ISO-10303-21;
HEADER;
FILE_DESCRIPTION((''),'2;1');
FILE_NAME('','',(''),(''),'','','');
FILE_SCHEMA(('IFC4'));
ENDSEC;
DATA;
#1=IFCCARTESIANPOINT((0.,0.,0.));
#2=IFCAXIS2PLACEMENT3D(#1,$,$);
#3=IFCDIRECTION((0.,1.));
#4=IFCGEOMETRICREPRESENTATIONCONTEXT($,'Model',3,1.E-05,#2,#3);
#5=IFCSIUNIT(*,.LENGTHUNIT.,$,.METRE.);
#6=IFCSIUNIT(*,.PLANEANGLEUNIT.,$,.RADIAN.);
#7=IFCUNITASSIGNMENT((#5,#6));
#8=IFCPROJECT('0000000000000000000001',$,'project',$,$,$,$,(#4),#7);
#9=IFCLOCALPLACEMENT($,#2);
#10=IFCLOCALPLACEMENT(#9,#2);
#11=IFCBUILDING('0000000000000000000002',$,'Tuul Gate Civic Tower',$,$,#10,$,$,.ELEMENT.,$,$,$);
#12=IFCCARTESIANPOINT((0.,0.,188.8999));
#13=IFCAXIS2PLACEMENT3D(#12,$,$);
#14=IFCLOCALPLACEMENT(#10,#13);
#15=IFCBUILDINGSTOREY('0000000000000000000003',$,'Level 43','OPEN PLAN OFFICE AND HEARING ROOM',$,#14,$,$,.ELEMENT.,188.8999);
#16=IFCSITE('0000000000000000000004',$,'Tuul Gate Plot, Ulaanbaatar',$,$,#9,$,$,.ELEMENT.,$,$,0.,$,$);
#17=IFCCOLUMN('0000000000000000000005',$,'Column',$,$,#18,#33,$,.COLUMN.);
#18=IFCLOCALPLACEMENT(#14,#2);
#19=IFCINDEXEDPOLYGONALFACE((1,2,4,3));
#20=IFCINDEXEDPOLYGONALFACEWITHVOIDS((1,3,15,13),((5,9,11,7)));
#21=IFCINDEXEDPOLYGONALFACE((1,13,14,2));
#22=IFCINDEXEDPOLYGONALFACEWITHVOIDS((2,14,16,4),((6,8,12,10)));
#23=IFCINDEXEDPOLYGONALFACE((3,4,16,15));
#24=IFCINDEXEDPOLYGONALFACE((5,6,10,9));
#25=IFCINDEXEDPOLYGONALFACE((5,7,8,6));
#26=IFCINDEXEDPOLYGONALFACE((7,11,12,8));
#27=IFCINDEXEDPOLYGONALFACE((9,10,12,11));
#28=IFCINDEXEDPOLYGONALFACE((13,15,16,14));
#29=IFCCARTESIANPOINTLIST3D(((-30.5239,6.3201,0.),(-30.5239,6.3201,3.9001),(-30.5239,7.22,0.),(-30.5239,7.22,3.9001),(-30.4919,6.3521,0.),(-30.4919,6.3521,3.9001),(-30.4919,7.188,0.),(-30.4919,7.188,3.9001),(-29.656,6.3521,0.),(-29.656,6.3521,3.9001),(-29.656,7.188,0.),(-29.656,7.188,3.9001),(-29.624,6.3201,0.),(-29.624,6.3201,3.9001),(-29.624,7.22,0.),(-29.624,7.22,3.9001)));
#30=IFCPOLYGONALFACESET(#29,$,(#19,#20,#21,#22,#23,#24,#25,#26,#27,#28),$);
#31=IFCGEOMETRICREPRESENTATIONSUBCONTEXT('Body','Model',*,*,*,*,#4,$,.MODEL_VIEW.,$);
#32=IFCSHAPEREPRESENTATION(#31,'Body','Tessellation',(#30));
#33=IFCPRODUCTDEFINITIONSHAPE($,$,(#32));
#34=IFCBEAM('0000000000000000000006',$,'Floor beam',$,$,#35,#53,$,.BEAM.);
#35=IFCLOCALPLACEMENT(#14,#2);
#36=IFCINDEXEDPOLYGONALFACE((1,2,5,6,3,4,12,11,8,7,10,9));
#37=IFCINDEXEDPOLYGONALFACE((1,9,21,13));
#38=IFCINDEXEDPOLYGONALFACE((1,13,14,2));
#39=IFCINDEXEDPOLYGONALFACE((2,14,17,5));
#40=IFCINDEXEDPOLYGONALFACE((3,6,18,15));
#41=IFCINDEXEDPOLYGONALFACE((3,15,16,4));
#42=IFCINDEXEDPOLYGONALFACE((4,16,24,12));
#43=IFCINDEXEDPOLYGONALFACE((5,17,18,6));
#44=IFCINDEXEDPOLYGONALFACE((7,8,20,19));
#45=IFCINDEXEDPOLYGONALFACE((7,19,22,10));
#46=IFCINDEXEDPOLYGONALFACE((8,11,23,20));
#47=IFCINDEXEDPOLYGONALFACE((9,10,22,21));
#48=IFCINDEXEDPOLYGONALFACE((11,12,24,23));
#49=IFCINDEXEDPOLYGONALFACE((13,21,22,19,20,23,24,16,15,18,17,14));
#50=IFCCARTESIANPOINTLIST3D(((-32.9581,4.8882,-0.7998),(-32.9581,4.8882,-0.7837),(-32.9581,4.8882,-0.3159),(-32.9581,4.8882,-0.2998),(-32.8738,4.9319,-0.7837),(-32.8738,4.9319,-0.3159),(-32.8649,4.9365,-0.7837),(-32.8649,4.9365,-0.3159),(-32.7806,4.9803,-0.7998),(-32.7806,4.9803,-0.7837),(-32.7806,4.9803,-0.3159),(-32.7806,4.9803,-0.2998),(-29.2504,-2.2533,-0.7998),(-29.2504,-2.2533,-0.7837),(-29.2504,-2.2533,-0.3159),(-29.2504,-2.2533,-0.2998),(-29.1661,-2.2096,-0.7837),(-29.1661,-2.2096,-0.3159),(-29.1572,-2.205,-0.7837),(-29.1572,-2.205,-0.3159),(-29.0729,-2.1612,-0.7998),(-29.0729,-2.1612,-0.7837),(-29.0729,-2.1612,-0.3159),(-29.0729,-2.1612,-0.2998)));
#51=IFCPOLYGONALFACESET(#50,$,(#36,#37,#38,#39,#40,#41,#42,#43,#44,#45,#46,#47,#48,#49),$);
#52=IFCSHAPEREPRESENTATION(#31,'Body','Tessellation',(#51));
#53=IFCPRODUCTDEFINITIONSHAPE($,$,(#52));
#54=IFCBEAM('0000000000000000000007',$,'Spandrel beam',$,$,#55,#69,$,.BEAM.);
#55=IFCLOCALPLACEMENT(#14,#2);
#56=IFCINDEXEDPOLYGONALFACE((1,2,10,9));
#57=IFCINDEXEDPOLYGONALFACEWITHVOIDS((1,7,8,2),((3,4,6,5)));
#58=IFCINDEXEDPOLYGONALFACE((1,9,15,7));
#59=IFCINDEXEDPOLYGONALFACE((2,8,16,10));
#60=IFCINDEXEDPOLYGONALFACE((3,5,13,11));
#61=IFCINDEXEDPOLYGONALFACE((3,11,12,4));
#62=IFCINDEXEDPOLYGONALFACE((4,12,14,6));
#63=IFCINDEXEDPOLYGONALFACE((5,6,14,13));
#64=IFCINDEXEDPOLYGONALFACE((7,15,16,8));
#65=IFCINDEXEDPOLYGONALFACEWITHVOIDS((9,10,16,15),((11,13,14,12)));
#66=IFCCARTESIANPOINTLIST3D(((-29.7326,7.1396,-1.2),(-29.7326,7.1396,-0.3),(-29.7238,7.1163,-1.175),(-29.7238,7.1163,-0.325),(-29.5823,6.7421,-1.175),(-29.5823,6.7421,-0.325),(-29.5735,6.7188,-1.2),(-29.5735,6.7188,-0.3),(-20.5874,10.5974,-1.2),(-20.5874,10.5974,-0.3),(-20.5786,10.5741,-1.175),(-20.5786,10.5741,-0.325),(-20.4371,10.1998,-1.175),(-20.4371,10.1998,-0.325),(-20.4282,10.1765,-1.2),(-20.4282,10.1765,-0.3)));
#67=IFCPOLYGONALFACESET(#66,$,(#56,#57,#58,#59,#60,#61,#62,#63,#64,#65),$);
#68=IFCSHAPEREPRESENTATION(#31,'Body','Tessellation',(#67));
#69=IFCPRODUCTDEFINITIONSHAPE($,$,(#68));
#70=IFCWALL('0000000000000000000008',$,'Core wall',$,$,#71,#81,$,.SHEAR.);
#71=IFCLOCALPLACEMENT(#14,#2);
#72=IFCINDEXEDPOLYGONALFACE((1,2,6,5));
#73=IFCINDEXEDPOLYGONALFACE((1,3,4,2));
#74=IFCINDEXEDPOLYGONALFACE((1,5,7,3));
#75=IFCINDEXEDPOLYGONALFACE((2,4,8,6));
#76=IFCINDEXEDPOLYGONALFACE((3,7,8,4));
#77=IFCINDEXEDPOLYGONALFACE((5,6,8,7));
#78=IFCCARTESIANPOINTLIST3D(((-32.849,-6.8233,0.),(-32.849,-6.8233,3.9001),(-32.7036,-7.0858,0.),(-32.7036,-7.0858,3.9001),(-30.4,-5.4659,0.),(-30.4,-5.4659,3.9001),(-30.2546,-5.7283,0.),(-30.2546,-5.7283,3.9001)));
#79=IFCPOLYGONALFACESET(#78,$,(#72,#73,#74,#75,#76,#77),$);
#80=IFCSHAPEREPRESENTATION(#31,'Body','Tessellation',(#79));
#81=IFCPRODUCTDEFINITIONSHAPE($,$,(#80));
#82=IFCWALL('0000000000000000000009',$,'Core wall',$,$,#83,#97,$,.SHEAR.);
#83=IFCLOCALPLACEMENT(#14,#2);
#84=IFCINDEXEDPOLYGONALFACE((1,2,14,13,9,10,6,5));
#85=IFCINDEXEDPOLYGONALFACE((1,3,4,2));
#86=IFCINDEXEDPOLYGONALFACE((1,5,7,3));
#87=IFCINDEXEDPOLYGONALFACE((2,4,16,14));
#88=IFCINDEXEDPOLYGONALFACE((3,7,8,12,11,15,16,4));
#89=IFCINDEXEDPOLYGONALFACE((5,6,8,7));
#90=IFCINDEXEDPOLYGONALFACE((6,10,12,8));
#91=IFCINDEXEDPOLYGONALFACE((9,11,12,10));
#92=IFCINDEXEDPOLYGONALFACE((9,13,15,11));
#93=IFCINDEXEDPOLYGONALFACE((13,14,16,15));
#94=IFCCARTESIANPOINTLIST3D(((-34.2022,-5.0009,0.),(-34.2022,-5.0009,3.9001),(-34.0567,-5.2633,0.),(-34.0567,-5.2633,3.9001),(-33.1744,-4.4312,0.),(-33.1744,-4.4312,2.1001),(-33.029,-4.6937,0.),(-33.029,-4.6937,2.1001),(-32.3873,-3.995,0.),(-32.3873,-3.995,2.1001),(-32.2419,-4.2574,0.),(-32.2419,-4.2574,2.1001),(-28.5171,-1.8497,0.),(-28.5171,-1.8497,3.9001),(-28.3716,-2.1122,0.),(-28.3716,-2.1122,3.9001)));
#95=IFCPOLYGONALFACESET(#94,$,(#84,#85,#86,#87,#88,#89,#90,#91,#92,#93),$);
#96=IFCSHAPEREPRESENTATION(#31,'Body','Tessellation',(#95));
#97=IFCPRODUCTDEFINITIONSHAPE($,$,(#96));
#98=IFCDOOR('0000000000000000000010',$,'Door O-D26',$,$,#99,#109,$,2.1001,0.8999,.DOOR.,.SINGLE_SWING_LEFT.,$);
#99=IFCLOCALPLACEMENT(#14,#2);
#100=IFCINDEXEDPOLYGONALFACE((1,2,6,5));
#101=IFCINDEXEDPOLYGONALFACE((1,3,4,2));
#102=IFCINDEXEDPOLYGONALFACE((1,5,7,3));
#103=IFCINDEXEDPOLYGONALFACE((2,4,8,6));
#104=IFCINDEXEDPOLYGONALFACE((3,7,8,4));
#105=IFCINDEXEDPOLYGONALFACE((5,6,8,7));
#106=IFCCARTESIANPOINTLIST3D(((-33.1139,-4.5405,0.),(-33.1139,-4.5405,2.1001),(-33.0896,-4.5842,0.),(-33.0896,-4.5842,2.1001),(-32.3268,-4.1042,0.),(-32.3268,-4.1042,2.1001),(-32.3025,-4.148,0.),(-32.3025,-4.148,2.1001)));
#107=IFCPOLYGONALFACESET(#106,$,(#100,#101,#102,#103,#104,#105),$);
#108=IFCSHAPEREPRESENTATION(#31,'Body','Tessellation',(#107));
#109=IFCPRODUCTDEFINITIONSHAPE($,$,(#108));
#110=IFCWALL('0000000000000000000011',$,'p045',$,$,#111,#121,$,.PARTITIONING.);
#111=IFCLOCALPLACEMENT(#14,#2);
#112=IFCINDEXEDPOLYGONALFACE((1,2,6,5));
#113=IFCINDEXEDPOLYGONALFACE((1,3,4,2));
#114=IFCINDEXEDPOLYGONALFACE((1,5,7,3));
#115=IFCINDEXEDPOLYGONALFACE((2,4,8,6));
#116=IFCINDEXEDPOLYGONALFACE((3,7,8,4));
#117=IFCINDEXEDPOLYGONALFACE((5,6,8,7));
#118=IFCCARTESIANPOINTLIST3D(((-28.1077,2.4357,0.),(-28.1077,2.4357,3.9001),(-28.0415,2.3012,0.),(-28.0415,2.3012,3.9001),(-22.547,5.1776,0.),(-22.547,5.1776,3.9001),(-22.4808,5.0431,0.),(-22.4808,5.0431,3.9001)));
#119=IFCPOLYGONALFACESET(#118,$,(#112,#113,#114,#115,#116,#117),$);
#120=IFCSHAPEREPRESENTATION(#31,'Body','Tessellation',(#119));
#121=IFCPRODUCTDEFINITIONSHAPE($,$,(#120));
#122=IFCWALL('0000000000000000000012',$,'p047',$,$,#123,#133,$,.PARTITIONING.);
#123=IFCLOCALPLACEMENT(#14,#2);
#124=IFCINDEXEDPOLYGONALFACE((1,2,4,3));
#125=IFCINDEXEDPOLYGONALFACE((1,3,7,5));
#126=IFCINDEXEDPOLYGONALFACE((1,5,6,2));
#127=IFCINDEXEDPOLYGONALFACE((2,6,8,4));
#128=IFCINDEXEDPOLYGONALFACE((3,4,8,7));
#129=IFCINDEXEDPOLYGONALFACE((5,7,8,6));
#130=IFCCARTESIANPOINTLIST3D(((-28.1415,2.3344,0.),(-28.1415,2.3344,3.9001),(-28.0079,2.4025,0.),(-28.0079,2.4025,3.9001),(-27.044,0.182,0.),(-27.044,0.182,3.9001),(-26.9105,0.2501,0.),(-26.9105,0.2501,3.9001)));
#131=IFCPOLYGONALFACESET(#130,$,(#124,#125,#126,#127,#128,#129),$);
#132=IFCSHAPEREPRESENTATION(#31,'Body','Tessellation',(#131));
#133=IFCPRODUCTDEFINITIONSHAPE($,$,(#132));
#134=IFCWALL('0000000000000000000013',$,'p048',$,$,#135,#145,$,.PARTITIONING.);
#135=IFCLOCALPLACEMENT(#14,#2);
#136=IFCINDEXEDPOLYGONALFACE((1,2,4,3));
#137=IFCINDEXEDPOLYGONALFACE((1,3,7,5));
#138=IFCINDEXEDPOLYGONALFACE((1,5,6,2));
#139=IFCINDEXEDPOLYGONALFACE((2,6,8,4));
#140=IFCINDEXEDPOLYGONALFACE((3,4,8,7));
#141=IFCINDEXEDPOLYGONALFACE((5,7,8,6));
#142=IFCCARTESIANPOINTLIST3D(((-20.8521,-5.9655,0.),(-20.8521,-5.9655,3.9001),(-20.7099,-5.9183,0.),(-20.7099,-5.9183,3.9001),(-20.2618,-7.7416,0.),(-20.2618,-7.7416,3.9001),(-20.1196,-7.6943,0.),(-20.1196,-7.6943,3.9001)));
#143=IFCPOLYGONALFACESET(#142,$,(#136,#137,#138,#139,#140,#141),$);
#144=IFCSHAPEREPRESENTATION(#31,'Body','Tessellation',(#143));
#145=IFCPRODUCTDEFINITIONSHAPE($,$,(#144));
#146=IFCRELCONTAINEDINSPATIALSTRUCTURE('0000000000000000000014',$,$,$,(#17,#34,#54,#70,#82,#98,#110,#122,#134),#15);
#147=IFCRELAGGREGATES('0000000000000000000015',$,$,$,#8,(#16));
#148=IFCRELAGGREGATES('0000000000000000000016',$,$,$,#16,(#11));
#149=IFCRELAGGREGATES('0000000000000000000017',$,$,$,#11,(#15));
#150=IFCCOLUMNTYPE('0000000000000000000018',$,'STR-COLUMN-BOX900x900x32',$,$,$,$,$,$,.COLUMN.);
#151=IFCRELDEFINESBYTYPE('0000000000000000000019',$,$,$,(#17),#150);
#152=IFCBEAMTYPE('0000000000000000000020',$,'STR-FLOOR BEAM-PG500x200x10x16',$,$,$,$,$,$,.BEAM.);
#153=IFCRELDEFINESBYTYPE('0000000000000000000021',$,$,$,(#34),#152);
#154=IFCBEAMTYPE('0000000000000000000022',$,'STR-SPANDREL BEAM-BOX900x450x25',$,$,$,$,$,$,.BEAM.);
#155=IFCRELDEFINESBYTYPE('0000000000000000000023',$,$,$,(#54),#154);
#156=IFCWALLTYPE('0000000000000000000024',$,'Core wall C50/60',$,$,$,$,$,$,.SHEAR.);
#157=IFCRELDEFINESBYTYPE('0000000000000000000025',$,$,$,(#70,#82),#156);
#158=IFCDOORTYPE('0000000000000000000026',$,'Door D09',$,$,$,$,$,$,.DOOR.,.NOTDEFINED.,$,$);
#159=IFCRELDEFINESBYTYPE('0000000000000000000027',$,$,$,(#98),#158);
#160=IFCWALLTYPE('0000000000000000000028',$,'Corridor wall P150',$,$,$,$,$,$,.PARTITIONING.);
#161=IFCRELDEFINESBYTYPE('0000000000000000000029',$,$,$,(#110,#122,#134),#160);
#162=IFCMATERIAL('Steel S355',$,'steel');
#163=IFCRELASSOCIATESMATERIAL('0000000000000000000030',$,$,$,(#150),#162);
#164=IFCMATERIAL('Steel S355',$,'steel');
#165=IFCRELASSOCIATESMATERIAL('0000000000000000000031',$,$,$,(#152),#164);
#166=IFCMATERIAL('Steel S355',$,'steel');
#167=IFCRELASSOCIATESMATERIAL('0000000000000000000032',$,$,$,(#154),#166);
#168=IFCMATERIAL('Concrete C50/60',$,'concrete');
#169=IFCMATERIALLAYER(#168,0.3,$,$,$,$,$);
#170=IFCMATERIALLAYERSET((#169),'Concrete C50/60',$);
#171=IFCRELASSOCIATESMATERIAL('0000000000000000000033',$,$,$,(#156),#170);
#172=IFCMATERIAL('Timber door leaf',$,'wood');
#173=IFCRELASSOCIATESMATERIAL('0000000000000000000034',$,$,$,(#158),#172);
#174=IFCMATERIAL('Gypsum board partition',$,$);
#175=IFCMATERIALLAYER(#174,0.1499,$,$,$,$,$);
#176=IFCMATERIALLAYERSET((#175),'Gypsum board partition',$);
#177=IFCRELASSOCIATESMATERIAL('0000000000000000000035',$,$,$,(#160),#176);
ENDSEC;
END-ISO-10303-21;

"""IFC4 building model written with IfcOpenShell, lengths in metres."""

from ifc_helpers import new_model, si_unit, direction, frame, frame_2d, origin, origin_2d, place, context, subcontext, project, spatial, rectangle, hollow_rectangle, i_section, extrude, material, layer, layer_set, material_profile, profile_set, type_object, element, fill, save


model = new_model("IFC4")

# Units and contexts
model_context = context("Model", 3, precision=1e-05, world=origin(), true_north=direction((0.0, 1.0)))
body_context = subcontext(model_context, "Body", "Model", "MODEL_VIEW")
ifc_project = project(units=[si_unit("LENGTHUNIT", "METRE"), si_unit("PLANEANGLEUNIT", "RADIAN")], contexts=[model_context])

# Site, building, storey
site_placement = place(None, origin())
site = spatial("IfcSite", under=ifc_project, at=site_placement, Name="Tuul Gate Plot, Ulaanbaatar", CompositionType="ELEMENT", RefElevation=0.0)
building_placement = place(site_placement, origin())
building = spatial("IfcBuilding", under=site, at=building_placement, Name="Tuul Gate Civic Tower", CompositionType="ELEMENT")
storey_placement = place(building_placement, frame((0.0, 0.0, 188.8999)))
storey = spatial("IfcBuildingStorey", under=building, at=storey_placement, Name="Level 43", Description="OPEN PLAN OFFICE AND HEARING ROOM", CompositionType="ELEMENT", Elevation=188.8999)

# Column
ifc_material_1 = material(Name="Steel S355", Category="steel")
ifc_material_profile_1 = material_profile(ifc_material_1, hollow_rectangle(XDim=0.8999, YDim=0.8999, WallThickness=0.032, at=origin_2d()), Name="BOX900x900x32")
ifc_profile_set_1 = profile_set([ifc_material_profile_1], Name="Steel S355")
column_type = type_object("IfcColumnType", Name="STR-COLUMN-BOX900x900x32", PredefinedType="COLUMN", material=ifc_profile_set_1)
column_placement = place(storey_placement, frame((-30.074, 6.77, 0.0), z_axis=(0.0, 0.0, 1.0), x_axis=(1.0, 0.0, 0.0)))
element("IfcColumn", 1, at=column_placement, inside=storey, type_object=column_type, Name="Column", PredefinedType="COLUMN", context=body_context, shape_type="SweptSolid", body=[
    extrude(hollow_rectangle(XDim=0.8999, YDim=0.8999, WallThickness=0.032, at=origin_2d()), origin(), (0.0, 0.0, 1.0), 3.9001),
])

# Beams
ifc_material_2 = material(Name="Steel S355", Category="steel")
ifc_material_profile_2 = material_profile(ifc_material_2, i_section(OverallWidth=0.2, OverallDepth=0.5, WebThickness=0.01, FlangeThickness=0.0161, at=origin_2d()), Name="PG500x200x10x16")
ifc_profile_set_2 = profile_set([ifc_material_profile_2], Name="Steel S355")
beam_type_1 = type_object("IfcBeamType", Name="STR-FLOOR BEAM-PG500x200x10x16", PredefinedType="BEAM", material=ifc_profile_set_2)
beam_1_placement = place(storey_placement, frame((-29.1616, -2.2073, -0.5498), z_axis=(-0.460779, 0.887515, 0.0), x_axis=(-0.887515, -0.460779, 0.0)))
element("IfcBeam", 2, at=beam_1_placement, inside=storey, type_object=beam_type_1, Name="Floor beam", PredefinedType="BEAM", context=body_context, shape_type="SweptSolid", body=[
    extrude(i_section(OverallWidth=0.2, OverallDepth=0.5, WebThickness=0.01, FlangeThickness=0.0161, at=origin_2d()), origin(), (0.0, 0.0, 1.0), 8.0466),
])
ifc_material_3 = material(Name="Steel S355", Category="steel")
ifc_material_profile_3 = material_profile(ifc_material_3, hollow_rectangle(XDim=0.45, YDim=0.8999, WallThickness=0.0249, at=origin_2d()), Name="BOX900x450x25")
ifc_profile_set_3 = profile_set([ifc_material_profile_3], Name="Steel S355")
beam_type_2 = type_object("IfcBeamType", Name="STR-SPANDREL BEAM-BOX900x450x25", PredefinedType="BEAM", material=ifc_profile_set_3)
beam_2_placement = place(storey_placement, frame((-20.5078, 10.387, -0.75), z_axis=(-0.935374, -0.353659, 0.0), x_axis=(0.353659, -0.935374, 0.0)))
element("IfcBeam", 3, at=beam_2_placement, inside=storey, type_object=beam_type_2, Name="Spandrel beam", PredefinedType="BEAM", context=body_context, shape_type="SweptSolid", body=[
    extrude(hollow_rectangle(XDim=0.45, YDim=0.8999, WallThickness=0.0249, at=origin_2d()), origin(), (0.0, 0.0, 1.0), 9.7771),
])

# Wall
ifc_material_4 = material(Name="Concrete C50/60", Category="concrete")
ifc_layer_1 = layer(ifc_material_4, 0.3)
ifc_layer_set_1 = layer_set([ifc_layer_1], Name="Concrete C50/60")
wall_type_1 = type_object("IfcWallType", Name="Core wall C50/60", PredefinedType="SHEAR", material=ifc_layer_set_1)
wall_1_placement = place(storey_placement, frame((-30.3274, -5.5972, 0.0), z_axis=(0.0, 0.0, 1.0), x_axis=(-0.87463, -0.484791, 0.0)))
element("IfcWall", 4, at=wall_1_placement, inside=storey, type_object=wall_type_1, Name="Core wall", PredefinedType="SHEAR", context=body_context, shape_type="SweptSolid", body=[
    extrude(rectangle(XDim=2.8, YDim=0.3, at=frame_2d((1.3999, 0.0))), origin(), (0.0, 0.0, 1.0), 3.9001),
])

# Wall, opening, door
wall_2_placement = place(storey_placement, frame((-28.4443, -1.981, 0.0), z_axis=(0.0, 0.0, 1.0), x_axis=(-0.87463, -0.484791, 0.0)))
wall_2 = element("IfcWall", 5, at=wall_2_placement, inside=storey, type_object=wall_type_1, Name="Core wall", PredefinedType="SHEAR", context=body_context, shape_type="SweptSolid", body=[
    extrude(rectangle(XDim=6.5, YDim=0.3, at=frame_2d((3.25, 0.0))), origin(), (0.0, 0.0, 1.0), 3.9001),
])
opening_1_placement = place(wall_2_placement, frame((4.425, 0.0, 0.0)))
opening_1 = element("IfcOpeningElement", 6, at=opening_1_placement, cuts=wall_2, PredefinedType="OPENING", context=body_context, shape_type="SweptSolid", body=[
    extrude(rectangle(XDim=0.8999, YDim=2.1001, at=frame_2d((0.45, 1.05))), frame((0.0, 0.1602, 0.0), z_axis=(0.0, -1.0, 0.0), x_axis=(1.0, 0.0, 0.0)), (0.0, 0.0, 1.0), 0.3201),
])
ifc_material_5 = material(Name="Timber door leaf", Category="wood")
door_type_1 = type_object("IfcDoorType", Name="Door D09", OperationType="NOTDEFINED", PredefinedType="DOOR", material=ifc_material_5)
door_1_placement = place(opening_1_placement, origin())
door_1 = element("IfcDoor", 7, at=door_1_placement, inside=storey, type_object=door_type_1, Name="Door O-D26", OperationType="SINGLE_SWING_LEFT", OverallHeight=2.1001, OverallWidth=0.8999, PredefinedType="DOOR", context=body_context, shape_type="SweptSolid", body=[
    extrude(rectangle(XDim=0.8999, YDim=2.1001, at=frame_2d((0.45, 1.05))), frame((0.0, 0.0249, 0.0), z_axis=(0.0, -1.0, 0.0), x_axis=(1.0, 0.0, 0.0)), (0.0, 0.0, 1.0), 0.05),
])
fill(opening_1, door_1)

# Walls
ifc_material_6 = material(Name="Gypsum board partition")
ifc_layer_2 = layer(ifc_material_6, 0.1499)
ifc_layer_set_2 = layer_set([ifc_layer_2], Name="Gypsum board partition")
wall_type_2 = type_object("IfcWallType", Name="Corridor wall P150", PredefinedType="PARTITIONING", material=ifc_layer_set_2)
wall_3_placement = place(storey_placement, frame((-28.0747, 2.3684, 0.0), z_axis=(0.0, 0.0, 1.0), x_axis=(0.896894, 0.442245, 0.0)))
element("IfcWall", 8, at=wall_3_placement, inside=storey, type_object=wall_type_2, Name="p045", PredefinedType="PARTITIONING", context=body_context, shape_type="SweptSolid", body=[
    extrude(rectangle(XDim=6.2, YDim=0.1499, at=frame_2d((3.1001, 0.0))), origin(), (0.0, 0.0, 1.0), 3.9001),
])
wall_4_placement = place(storey_placement, frame((-28.0747, 2.3684, 0.0), z_axis=(0.0, 0.0, 1.0), x_axis=(0.454233, -0.890883, 0.0)))
element("IfcWall", 9, at=wall_4_placement, inside=storey, type_object=wall_type_2, Name="p047", PredefinedType="PARTITIONING", context=body_context, shape_type="SweptSolid", body=[
    extrude(rectangle(XDim=2.416, YDim=0.1499, at=frame_2d((1.208, 0.0))), origin(), (0.0, 0.0, 1.0), 3.9001),
])
wall_5_placement = place(storey_placement, frame((-20.781, -5.9419, 0.0), z_axis=(0.0, 0.0, 1.0), x_axis=(0.315406, -0.948957, 0.0)))
element("IfcWall", 10, at=wall_5_placement, inside=storey, type_object=wall_type_2, Name="p048", PredefinedType="PARTITIONING", context=body_context, shape_type="SweptSolid", body=[
    extrude(rectangle(XDim=1.8716, YDim=0.1499, at=frame_2d((0.9358, 0.0))), origin(), (0.0, 0.0, 1.0), 3.9001),
])

save(model, "model.ifc")
